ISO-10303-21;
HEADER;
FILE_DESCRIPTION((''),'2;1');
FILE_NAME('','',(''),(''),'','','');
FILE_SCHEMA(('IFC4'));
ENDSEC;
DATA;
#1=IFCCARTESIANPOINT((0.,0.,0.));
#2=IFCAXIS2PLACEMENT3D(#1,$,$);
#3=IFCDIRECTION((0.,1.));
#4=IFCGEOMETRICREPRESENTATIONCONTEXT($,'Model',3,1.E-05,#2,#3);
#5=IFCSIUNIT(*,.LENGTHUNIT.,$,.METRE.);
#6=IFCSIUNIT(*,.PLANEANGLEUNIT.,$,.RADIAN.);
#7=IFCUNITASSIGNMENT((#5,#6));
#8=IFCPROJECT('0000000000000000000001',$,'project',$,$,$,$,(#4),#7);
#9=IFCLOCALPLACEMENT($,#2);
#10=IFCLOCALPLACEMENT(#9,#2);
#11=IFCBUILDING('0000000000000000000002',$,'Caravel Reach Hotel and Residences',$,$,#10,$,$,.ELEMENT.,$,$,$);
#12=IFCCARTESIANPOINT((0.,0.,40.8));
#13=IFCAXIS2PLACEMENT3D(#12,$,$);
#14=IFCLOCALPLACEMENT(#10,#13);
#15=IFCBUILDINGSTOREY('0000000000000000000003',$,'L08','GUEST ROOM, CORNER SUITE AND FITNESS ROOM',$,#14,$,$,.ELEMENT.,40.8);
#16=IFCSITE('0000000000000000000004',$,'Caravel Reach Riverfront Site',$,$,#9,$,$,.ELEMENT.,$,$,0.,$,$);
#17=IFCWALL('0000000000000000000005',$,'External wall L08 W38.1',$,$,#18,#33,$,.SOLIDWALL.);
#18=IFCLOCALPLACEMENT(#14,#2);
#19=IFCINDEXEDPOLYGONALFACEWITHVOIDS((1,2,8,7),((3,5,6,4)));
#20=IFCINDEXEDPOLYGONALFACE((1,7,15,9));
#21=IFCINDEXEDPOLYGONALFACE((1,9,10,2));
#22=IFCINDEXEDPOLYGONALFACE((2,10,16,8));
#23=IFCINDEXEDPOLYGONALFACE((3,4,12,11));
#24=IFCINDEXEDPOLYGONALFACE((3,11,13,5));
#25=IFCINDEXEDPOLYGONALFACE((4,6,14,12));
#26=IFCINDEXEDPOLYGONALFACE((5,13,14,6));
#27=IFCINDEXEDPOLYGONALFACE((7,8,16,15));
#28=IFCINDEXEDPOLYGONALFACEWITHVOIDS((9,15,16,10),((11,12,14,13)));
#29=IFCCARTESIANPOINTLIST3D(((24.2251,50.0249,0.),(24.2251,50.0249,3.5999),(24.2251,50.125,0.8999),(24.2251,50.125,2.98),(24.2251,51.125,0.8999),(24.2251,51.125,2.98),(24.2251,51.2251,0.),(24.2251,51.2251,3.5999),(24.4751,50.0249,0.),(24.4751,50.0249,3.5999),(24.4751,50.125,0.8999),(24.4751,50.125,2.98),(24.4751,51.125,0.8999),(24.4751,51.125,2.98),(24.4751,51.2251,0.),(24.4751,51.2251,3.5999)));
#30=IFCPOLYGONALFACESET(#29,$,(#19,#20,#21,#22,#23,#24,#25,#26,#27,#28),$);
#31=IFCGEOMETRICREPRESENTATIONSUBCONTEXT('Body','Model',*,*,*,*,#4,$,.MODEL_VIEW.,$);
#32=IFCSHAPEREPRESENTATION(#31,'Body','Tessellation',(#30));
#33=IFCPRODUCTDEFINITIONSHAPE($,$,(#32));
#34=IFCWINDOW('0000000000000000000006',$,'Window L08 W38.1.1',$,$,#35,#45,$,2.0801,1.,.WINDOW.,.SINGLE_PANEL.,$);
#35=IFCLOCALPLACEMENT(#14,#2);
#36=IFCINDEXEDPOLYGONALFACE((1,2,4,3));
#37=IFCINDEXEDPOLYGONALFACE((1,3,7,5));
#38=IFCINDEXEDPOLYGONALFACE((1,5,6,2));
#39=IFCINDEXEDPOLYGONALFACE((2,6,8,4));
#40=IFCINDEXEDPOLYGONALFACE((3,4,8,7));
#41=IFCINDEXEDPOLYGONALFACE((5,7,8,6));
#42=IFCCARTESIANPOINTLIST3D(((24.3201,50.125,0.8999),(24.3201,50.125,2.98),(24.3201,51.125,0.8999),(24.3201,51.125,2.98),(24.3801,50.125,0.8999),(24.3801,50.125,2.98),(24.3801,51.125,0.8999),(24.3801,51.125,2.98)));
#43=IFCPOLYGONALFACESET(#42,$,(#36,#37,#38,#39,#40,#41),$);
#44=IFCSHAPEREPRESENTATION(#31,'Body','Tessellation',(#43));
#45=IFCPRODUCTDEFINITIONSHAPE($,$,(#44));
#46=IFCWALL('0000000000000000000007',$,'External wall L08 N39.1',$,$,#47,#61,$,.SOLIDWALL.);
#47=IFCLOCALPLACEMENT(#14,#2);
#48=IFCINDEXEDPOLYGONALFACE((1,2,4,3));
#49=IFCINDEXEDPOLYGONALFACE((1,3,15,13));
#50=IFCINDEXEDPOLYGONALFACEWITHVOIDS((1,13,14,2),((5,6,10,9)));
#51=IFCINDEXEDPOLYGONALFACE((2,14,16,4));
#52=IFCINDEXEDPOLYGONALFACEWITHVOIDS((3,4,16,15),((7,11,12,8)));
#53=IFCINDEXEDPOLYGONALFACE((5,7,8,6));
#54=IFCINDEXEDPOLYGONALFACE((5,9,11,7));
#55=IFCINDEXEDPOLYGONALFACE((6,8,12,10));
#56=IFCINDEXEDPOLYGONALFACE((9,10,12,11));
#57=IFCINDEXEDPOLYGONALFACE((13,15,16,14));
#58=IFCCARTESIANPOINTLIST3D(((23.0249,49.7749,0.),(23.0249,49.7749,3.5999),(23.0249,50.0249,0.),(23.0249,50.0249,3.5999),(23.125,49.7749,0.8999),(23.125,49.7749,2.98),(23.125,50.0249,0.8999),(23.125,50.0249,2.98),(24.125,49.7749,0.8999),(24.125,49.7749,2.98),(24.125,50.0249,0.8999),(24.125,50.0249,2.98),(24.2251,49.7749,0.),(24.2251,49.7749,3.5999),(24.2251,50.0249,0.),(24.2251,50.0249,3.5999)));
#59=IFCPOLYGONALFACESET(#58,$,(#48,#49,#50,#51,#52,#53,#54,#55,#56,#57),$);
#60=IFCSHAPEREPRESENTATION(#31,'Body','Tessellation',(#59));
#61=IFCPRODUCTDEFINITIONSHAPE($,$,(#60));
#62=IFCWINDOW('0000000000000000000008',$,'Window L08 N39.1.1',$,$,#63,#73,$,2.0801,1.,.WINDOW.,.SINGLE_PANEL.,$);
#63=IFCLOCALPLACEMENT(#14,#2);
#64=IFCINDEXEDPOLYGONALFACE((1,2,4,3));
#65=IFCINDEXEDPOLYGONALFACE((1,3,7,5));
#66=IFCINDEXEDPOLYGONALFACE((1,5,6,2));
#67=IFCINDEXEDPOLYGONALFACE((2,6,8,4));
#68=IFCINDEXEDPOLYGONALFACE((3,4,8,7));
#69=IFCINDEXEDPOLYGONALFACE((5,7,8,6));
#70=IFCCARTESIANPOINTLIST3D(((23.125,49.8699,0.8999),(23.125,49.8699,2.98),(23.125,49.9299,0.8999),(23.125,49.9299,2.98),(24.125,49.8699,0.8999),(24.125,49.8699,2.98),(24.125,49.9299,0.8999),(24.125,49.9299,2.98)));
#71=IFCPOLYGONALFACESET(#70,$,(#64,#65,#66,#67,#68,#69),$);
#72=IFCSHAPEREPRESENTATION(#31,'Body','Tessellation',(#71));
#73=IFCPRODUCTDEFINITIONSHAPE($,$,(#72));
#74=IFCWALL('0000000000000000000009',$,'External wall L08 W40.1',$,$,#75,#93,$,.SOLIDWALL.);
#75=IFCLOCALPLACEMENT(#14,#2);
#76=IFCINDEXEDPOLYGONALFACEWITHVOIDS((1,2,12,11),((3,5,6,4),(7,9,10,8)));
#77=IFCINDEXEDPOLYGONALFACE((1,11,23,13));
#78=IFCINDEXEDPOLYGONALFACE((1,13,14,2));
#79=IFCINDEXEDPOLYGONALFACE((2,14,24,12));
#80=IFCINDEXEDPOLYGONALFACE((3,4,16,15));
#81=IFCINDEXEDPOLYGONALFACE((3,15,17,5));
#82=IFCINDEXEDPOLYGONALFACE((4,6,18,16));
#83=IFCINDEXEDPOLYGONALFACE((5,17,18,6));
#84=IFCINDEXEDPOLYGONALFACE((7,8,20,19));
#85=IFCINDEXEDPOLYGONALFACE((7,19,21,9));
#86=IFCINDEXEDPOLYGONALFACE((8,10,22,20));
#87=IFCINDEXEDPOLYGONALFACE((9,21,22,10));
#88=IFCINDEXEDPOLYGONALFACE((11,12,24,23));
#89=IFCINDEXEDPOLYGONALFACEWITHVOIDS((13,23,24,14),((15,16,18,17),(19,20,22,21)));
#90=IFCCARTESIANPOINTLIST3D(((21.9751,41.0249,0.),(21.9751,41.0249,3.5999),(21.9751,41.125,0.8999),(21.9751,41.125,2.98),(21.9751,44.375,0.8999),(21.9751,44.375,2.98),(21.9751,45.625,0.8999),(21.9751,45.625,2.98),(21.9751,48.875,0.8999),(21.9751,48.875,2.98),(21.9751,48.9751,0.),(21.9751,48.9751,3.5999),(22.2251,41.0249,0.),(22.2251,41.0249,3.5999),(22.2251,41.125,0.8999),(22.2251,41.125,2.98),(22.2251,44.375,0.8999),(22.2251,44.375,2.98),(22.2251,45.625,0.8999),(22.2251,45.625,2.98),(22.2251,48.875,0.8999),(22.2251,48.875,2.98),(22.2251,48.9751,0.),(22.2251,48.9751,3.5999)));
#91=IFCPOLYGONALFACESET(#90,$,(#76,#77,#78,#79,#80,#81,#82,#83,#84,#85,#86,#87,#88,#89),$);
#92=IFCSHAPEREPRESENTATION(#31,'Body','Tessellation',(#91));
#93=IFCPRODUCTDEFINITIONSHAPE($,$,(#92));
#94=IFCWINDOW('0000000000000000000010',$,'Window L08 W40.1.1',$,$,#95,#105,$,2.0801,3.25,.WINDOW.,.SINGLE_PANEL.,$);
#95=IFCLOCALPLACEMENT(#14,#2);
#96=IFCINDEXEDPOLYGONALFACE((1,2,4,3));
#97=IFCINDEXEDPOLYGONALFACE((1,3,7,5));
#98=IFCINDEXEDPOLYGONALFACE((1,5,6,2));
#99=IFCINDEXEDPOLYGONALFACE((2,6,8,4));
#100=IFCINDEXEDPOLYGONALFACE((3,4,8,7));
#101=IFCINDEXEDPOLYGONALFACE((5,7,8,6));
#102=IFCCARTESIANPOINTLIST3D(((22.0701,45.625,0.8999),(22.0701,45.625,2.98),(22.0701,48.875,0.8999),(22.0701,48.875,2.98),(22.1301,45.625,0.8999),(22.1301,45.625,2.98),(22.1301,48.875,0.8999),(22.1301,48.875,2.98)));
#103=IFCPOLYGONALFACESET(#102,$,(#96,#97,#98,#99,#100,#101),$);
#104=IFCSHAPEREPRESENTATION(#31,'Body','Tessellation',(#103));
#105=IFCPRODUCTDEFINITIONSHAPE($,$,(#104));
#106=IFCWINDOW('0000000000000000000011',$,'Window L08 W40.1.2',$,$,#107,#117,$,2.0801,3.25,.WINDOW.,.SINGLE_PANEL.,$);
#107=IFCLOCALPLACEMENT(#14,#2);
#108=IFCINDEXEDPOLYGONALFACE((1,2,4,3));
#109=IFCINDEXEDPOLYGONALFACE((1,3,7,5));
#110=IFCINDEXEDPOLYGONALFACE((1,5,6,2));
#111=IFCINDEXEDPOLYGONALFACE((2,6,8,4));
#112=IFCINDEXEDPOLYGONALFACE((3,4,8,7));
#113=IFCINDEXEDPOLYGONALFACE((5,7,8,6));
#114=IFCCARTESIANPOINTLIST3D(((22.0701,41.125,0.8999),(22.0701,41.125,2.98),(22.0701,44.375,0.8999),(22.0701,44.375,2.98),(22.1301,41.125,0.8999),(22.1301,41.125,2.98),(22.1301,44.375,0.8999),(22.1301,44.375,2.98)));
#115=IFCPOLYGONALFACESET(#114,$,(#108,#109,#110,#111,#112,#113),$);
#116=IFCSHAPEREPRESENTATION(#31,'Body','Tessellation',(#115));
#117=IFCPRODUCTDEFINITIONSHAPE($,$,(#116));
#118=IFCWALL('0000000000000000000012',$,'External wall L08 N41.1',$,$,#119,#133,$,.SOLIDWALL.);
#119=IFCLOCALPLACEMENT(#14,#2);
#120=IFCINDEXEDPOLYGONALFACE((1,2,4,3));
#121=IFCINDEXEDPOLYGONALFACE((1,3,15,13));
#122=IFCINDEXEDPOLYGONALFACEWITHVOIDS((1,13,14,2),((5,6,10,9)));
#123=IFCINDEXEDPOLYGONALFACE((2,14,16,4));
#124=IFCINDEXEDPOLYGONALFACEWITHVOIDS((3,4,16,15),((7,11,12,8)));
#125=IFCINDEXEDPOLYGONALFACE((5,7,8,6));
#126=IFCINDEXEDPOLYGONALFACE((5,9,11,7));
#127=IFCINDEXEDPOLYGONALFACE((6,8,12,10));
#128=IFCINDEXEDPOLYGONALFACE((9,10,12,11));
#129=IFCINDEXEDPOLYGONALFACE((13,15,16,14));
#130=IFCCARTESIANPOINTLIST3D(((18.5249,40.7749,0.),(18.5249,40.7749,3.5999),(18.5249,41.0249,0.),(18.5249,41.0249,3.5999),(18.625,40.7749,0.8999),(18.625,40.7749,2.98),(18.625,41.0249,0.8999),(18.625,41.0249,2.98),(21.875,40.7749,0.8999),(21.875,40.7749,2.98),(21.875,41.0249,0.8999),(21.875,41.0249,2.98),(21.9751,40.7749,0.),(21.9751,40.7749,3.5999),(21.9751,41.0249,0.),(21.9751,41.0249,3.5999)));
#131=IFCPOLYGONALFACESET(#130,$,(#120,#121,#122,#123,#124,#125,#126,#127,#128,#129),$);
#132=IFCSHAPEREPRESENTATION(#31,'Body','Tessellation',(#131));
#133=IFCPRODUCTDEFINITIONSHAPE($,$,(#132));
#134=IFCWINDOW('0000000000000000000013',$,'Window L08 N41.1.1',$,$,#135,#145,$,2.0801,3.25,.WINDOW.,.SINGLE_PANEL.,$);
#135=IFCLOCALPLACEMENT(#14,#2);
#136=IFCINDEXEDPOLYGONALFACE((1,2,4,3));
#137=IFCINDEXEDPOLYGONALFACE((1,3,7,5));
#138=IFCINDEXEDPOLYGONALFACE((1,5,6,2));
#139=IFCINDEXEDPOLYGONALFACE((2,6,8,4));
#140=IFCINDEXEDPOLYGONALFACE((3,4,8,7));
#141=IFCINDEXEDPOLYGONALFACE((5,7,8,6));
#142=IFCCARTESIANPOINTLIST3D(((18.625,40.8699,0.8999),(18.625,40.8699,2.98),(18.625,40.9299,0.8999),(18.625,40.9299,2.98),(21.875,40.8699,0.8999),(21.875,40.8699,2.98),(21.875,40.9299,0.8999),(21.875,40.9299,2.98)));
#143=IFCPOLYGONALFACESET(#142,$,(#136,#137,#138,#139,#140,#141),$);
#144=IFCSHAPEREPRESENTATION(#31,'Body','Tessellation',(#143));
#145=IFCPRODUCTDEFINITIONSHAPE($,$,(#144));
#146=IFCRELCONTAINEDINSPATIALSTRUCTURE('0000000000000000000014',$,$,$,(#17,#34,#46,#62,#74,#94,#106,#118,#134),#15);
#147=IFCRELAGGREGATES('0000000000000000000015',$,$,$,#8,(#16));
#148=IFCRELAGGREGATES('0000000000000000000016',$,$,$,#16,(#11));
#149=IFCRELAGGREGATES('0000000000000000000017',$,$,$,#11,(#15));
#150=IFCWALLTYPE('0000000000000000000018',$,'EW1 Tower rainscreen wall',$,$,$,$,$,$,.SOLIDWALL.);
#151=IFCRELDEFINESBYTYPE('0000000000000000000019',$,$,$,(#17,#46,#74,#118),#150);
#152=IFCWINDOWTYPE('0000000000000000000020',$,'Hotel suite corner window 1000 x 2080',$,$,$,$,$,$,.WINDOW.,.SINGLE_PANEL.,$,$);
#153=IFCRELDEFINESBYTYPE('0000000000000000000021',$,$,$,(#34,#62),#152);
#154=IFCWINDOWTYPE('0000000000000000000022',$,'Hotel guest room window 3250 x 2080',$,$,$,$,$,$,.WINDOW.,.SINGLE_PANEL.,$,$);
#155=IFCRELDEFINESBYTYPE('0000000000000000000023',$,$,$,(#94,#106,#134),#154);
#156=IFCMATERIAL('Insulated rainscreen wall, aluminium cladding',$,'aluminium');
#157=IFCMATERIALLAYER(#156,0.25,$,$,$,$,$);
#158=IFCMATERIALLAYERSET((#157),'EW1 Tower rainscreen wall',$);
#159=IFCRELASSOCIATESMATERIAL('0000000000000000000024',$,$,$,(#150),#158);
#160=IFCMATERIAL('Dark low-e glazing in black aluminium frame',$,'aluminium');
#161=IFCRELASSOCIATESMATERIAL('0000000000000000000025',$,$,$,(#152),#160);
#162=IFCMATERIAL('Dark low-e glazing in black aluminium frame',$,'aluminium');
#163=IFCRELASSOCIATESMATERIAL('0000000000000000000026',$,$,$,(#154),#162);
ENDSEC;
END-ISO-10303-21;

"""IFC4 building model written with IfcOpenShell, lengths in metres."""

from ifc_helpers import new_model, si_unit, direction, frame, frame_2d, origin, place, context, subcontext, project, spatial, rectangle, extrude, material, layer, layer_set, type_object, element, fill, save


model = new_model("IFC4")

# Units and contexts
model_context = context("Model", 3, precision=1e-05, world=origin(), true_north=direction((0.0, 1.0)))
body_context = subcontext(model_context, "Body", "Model", "MODEL_VIEW")
ifc_project = project(units=[si_unit("LENGTHUNIT", "METRE"), si_unit("PLANEANGLEUNIT", "RADIAN")], contexts=[model_context])

# Site, building, storey
site_placement = place(None, origin())
site = spatial("IfcSite", under=ifc_project, at=site_placement, Name="Caravel Reach Riverfront Site", CompositionType="ELEMENT", RefElevation=0.0)
building_placement = place(site_placement, origin())
building = spatial("IfcBuilding", under=site, at=building_placement, Name="Caravel Reach Hotel and Residences", CompositionType="ELEMENT")
storey_placement = place(building_placement, frame((0.0, 0.0, 40.8)))
storey = spatial("IfcBuildingStorey", under=building, at=storey_placement, Name="L08", Description="GUEST ROOM, CORNER SUITE AND FITNESS ROOM", CompositionType="ELEMENT", Elevation=40.8)

# Walls, openings, windows
ifc_material_1 = material(Name="Insulated rainscreen wall, aluminium cladding", Category="aluminium")
ifc_layer_1 = layer(ifc_material_1, 0.25)
ifc_layer_set_1 = layer_set([ifc_layer_1], Name="EW1 Tower rainscreen wall")
wall_type_1 = type_object("IfcWallType", Name="EW1 Tower rainscreen wall", PredefinedType="SOLIDWALL", material=ifc_layer_set_1)
ifc_material_2 = material(Name="Dark low-e glazing in black aluminium frame", Category="aluminium")
window_type_1 = type_object("IfcWindowType", Name="Hotel suite corner window 1000 x 2080", PartitioningType="SINGLE_PANEL", PredefinedType="WINDOW", material=ifc_material_2)
wall_1_placement = place(storey_placement, frame((24.3501, 51.2251, 0.0), z_axis=(0.0, 0.0, 1.0), x_axis=(0.0, -1.0, 0.0)))
wall_1 = element("IfcWall", 1, at=wall_1_placement, inside=storey, type_object=wall_type_1, Name="External wall L08 W38.1", PredefinedType="SOLIDWALL", context=body_context, shape_type="SweptSolid", body=[
    extrude(rectangle(XDim=1.2002, YDim=0.25, at=frame_2d((0.6001, 0.0))), origin(), (0.0, 0.0, 1.0), 3.5999),
])
opening_1_placement = place(wall_1_placement, frame((0.1001, 0.0, 0.8999)))
opening_1 = element("IfcOpeningElement", 2, at=opening_1_placement, cuts=wall_1, PredefinedType="OPENING", context=body_context, shape_type="SweptSolid", body=[
    extrude(rectangle(XDim=1.0, YDim=2.0801, at=frame_2d((0.5, 1.04))), frame((0.0, 0.135, 0.0), z_axis=(0.0, -1.0, 0.0), x_axis=(1.0, 0.0, 0.0)), (0.0, 0.0, 1.0), 0.27),
])
window_1_placement = place(opening_1_placement, origin())
window_1 = element("IfcWindow", 3, at=window_1_placement, inside=storey, type_object=window_type_1, Name="Window L08 W38.1.1", OverallHeight=2.0801, OverallWidth=1.0, PartitioningType="SINGLE_PANEL", PredefinedType="WINDOW", context=body_context, shape_type="SweptSolid", body=[
    extrude(rectangle(XDim=1.0, YDim=2.0801, at=frame_2d((0.5, 1.04))), frame((0.0, 0.03, 0.0), z_axis=(0.0, -1.0, 0.0), x_axis=(1.0, 0.0, 0.0)), (0.0, 0.0, 1.0), 0.0601),
])
fill(opening_1, window_1)
wall_2_placement = place(storey_placement, frame((24.2251, 49.8999, 0.0), z_axis=(0.0, 0.0, 1.0), x_axis=(-1.0, 0.0, 0.0)))
wall_2 = element("IfcWall", 4, at=wall_2_placement, inside=storey, type_object=wall_type_1, Name="External wall L08 N39.1", PredefinedType="SOLIDWALL", context=body_context, shape_type="SweptSolid", body=[
    extrude(rectangle(XDim=1.2002, YDim=0.25, at=frame_2d((0.6001, 0.0))), origin(), (0.0, 0.0, 1.0), 3.5999),
])
opening_2_placement = place(wall_2_placement, frame((0.1001, 0.0, 0.8999)))
opening_2 = element("IfcOpeningElement", 5, at=opening_2_placement, cuts=wall_2, PredefinedType="OPENING", context=body_context, shape_type="SweptSolid", body=[
    extrude(rectangle(XDim=1.0, YDim=2.0801, at=frame_2d((0.5, 1.04))), frame((0.0, 0.135, 0.0), z_axis=(0.0, -1.0, 0.0), x_axis=(1.0, 0.0, 0.0)), (0.0, 0.0, 1.0), 0.27),
])
window_2_placement = place(opening_2_placement, origin())
window_2 = element("IfcWindow", 6, at=window_2_placement, inside=storey, type_object=window_type_1, Name="Window L08 N39.1.1", OverallHeight=2.0801, OverallWidth=1.0, PartitioningType="SINGLE_PANEL", PredefinedType="WINDOW", context=body_context, shape_type="SweptSolid", body=[
    extrude(rectangle(XDim=1.0, YDim=2.0801, at=frame_2d((0.5, 1.04))), frame((0.0, 0.03, 0.0), z_axis=(0.0, -1.0, 0.0), x_axis=(1.0, 0.0, 0.0)), (0.0, 0.0, 1.0), 0.0601),
])
fill(opening_2, window_2)

# Wall, openings, windows
wall_3_placement = place(storey_placement, frame((22.1001, 48.9751, 0.0), z_axis=(0.0, 0.0, 1.0), x_axis=(0.0, -1.0, 0.0)))
wall_3 = element("IfcWall", 7, at=wall_3_placement, inside=storey, type_object=wall_type_1, Name="External wall L08 W40.1", PredefinedType="SOLIDWALL", context=body_context, shape_type="SweptSolid", body=[
    extrude(rectangle(XDim=7.9502, YDim=0.25, at=frame_2d((3.9751, 0.0))), origin(), (0.0, 0.0, 1.0), 3.5999),
])
opening_3_placement = place(wall_3_placement, frame((0.1001, 0.0, 0.8999)))
opening_3 = element("IfcOpeningElement", 8, at=opening_3_placement, cuts=wall_3, PredefinedType="OPENING", context=body_context, shape_type="SweptSolid", body=[
    extrude(rectangle(XDim=3.25, YDim=2.0801, at=frame_2d((1.625, 1.04))), frame((0.0, 0.135, 0.0), z_axis=(0.0, -1.0, 0.0), x_axis=(1.0, 0.0, 0.0)), (0.0, 0.0, 1.0), 0.27),
])
opening_4_placement = place(wall_3_placement, frame((4.6001, 0.0, 0.8999)))
opening_4 = element("IfcOpeningElement", 9, at=opening_4_placement, cuts=wall_3, PredefinedType="OPENING", context=body_context, shape_type="SweptSolid", body=[
    extrude(rectangle(XDim=3.25, YDim=2.0801, at=frame_2d((1.625, 1.04))), frame((0.0, 0.135, 0.0), z_axis=(0.0, -1.0, 0.0), x_axis=(1.0, 0.0, 0.0)), (0.0, 0.0, 1.0), 0.27),
])
ifc_material_3 = material(Name="Dark low-e glazing in black aluminium frame", Category="aluminium")
window_type_2 = type_object("IfcWindowType", Name="Hotel guest room window 3250 x 2080", PartitioningType="SINGLE_PANEL", PredefinedType="WINDOW", material=ifc_material_3)
window_3_placement = place(opening_3_placement, origin())
window_3 = element("IfcWindow", 10, at=window_3_placement, inside=storey, type_object=window_type_2, Name="Window L08 W40.1.1", OverallHeight=2.0801, OverallWidth=3.25, PartitioningType="SINGLE_PANEL", PredefinedType="WINDOW", context=body_context, shape_type="SweptSolid", body=[
    extrude(rectangle(XDim=3.25, YDim=2.0801, at=frame_2d((1.625, 1.04))), frame((0.0, 0.03, 0.0), z_axis=(0.0, -1.0, 0.0), x_axis=(1.0, 0.0, 0.0)), (0.0, 0.0, 1.0), 0.0601),
])
fill(opening_3, window_3)
window_4_placement = place(opening_4_placement, origin())
window_4 = element("IfcWindow", 11, at=window_4_placement, inside=storey, type_object=window_type_2, Name="Window L08 W40.1.2", OverallHeight=2.0801, OverallWidth=3.25, PartitioningType="SINGLE_PANEL", PredefinedType="WINDOW", context=body_context, shape_type="SweptSolid", body=[
    extrude(rectangle(XDim=3.25, YDim=2.0801, at=frame_2d((1.625, 1.04))), frame((0.0, 0.03, 0.0), z_axis=(0.0, -1.0, 0.0), x_axis=(1.0, 0.0, 0.0)), (0.0, 0.0, 1.0), 0.0601),
])
fill(opening_4, window_4)

# Wall, opening, window
wall_4_placement = place(storey_placement, frame((21.9751, 40.8999, 0.0), z_axis=(0.0, 0.0, 1.0), x_axis=(-1.0, 0.0, 0.0)))
wall_4 = element("IfcWall", 12, at=wall_4_placement, inside=storey, type_object=wall_type_1, Name="External wall L08 N41.1", PredefinedType="SOLIDWALL", context=body_context, shape_type="SweptSolid", body=[
    extrude(rectangle(XDim=3.4502, YDim=0.25, at=frame_2d((1.7251, 0.0))), origin(), (0.0, 0.0, 1.0), 3.5999),
])
opening_5_placement = place(wall_4_placement, frame((0.1001, 0.0, 0.8999)))
opening_5 = element("IfcOpeningElement", 13, at=opening_5_placement, cuts=wall_4, PredefinedType="OPENING", context=body_context, shape_type="SweptSolid", body=[
    extrude(rectangle(XDim=3.25, YDim=2.0801, at=frame_2d((1.625, 1.04))), frame((0.0, 0.135, 0.0), z_axis=(0.0, -1.0, 0.0), x_axis=(1.0, 0.0, 0.0)), (0.0, 0.0, 1.0), 0.27),
])
window_5_placement = place(opening_5_placement, origin())
window_5 = element("IfcWindow", 14, at=window_5_placement, inside=storey, type_object=window_type_2, Name="Window L08 N41.1.1", OverallHeight=2.0801, OverallWidth=3.25, PartitioningType="SINGLE_PANEL", PredefinedType="WINDOW", context=body_context, shape_type="SweptSolid", body=[
    extrude(rectangle(XDim=3.25, YDim=2.0801, at=frame_2d((1.625, 1.04))), frame((0.0, 0.03, 0.0), z_axis=(0.0, -1.0, 0.0), x_axis=(1.0, 0.0, 0.0)), (0.0, 0.0, 1.0), 0.0601),
])
fill(opening_5, window_5)

save(model, "model.ifc")
